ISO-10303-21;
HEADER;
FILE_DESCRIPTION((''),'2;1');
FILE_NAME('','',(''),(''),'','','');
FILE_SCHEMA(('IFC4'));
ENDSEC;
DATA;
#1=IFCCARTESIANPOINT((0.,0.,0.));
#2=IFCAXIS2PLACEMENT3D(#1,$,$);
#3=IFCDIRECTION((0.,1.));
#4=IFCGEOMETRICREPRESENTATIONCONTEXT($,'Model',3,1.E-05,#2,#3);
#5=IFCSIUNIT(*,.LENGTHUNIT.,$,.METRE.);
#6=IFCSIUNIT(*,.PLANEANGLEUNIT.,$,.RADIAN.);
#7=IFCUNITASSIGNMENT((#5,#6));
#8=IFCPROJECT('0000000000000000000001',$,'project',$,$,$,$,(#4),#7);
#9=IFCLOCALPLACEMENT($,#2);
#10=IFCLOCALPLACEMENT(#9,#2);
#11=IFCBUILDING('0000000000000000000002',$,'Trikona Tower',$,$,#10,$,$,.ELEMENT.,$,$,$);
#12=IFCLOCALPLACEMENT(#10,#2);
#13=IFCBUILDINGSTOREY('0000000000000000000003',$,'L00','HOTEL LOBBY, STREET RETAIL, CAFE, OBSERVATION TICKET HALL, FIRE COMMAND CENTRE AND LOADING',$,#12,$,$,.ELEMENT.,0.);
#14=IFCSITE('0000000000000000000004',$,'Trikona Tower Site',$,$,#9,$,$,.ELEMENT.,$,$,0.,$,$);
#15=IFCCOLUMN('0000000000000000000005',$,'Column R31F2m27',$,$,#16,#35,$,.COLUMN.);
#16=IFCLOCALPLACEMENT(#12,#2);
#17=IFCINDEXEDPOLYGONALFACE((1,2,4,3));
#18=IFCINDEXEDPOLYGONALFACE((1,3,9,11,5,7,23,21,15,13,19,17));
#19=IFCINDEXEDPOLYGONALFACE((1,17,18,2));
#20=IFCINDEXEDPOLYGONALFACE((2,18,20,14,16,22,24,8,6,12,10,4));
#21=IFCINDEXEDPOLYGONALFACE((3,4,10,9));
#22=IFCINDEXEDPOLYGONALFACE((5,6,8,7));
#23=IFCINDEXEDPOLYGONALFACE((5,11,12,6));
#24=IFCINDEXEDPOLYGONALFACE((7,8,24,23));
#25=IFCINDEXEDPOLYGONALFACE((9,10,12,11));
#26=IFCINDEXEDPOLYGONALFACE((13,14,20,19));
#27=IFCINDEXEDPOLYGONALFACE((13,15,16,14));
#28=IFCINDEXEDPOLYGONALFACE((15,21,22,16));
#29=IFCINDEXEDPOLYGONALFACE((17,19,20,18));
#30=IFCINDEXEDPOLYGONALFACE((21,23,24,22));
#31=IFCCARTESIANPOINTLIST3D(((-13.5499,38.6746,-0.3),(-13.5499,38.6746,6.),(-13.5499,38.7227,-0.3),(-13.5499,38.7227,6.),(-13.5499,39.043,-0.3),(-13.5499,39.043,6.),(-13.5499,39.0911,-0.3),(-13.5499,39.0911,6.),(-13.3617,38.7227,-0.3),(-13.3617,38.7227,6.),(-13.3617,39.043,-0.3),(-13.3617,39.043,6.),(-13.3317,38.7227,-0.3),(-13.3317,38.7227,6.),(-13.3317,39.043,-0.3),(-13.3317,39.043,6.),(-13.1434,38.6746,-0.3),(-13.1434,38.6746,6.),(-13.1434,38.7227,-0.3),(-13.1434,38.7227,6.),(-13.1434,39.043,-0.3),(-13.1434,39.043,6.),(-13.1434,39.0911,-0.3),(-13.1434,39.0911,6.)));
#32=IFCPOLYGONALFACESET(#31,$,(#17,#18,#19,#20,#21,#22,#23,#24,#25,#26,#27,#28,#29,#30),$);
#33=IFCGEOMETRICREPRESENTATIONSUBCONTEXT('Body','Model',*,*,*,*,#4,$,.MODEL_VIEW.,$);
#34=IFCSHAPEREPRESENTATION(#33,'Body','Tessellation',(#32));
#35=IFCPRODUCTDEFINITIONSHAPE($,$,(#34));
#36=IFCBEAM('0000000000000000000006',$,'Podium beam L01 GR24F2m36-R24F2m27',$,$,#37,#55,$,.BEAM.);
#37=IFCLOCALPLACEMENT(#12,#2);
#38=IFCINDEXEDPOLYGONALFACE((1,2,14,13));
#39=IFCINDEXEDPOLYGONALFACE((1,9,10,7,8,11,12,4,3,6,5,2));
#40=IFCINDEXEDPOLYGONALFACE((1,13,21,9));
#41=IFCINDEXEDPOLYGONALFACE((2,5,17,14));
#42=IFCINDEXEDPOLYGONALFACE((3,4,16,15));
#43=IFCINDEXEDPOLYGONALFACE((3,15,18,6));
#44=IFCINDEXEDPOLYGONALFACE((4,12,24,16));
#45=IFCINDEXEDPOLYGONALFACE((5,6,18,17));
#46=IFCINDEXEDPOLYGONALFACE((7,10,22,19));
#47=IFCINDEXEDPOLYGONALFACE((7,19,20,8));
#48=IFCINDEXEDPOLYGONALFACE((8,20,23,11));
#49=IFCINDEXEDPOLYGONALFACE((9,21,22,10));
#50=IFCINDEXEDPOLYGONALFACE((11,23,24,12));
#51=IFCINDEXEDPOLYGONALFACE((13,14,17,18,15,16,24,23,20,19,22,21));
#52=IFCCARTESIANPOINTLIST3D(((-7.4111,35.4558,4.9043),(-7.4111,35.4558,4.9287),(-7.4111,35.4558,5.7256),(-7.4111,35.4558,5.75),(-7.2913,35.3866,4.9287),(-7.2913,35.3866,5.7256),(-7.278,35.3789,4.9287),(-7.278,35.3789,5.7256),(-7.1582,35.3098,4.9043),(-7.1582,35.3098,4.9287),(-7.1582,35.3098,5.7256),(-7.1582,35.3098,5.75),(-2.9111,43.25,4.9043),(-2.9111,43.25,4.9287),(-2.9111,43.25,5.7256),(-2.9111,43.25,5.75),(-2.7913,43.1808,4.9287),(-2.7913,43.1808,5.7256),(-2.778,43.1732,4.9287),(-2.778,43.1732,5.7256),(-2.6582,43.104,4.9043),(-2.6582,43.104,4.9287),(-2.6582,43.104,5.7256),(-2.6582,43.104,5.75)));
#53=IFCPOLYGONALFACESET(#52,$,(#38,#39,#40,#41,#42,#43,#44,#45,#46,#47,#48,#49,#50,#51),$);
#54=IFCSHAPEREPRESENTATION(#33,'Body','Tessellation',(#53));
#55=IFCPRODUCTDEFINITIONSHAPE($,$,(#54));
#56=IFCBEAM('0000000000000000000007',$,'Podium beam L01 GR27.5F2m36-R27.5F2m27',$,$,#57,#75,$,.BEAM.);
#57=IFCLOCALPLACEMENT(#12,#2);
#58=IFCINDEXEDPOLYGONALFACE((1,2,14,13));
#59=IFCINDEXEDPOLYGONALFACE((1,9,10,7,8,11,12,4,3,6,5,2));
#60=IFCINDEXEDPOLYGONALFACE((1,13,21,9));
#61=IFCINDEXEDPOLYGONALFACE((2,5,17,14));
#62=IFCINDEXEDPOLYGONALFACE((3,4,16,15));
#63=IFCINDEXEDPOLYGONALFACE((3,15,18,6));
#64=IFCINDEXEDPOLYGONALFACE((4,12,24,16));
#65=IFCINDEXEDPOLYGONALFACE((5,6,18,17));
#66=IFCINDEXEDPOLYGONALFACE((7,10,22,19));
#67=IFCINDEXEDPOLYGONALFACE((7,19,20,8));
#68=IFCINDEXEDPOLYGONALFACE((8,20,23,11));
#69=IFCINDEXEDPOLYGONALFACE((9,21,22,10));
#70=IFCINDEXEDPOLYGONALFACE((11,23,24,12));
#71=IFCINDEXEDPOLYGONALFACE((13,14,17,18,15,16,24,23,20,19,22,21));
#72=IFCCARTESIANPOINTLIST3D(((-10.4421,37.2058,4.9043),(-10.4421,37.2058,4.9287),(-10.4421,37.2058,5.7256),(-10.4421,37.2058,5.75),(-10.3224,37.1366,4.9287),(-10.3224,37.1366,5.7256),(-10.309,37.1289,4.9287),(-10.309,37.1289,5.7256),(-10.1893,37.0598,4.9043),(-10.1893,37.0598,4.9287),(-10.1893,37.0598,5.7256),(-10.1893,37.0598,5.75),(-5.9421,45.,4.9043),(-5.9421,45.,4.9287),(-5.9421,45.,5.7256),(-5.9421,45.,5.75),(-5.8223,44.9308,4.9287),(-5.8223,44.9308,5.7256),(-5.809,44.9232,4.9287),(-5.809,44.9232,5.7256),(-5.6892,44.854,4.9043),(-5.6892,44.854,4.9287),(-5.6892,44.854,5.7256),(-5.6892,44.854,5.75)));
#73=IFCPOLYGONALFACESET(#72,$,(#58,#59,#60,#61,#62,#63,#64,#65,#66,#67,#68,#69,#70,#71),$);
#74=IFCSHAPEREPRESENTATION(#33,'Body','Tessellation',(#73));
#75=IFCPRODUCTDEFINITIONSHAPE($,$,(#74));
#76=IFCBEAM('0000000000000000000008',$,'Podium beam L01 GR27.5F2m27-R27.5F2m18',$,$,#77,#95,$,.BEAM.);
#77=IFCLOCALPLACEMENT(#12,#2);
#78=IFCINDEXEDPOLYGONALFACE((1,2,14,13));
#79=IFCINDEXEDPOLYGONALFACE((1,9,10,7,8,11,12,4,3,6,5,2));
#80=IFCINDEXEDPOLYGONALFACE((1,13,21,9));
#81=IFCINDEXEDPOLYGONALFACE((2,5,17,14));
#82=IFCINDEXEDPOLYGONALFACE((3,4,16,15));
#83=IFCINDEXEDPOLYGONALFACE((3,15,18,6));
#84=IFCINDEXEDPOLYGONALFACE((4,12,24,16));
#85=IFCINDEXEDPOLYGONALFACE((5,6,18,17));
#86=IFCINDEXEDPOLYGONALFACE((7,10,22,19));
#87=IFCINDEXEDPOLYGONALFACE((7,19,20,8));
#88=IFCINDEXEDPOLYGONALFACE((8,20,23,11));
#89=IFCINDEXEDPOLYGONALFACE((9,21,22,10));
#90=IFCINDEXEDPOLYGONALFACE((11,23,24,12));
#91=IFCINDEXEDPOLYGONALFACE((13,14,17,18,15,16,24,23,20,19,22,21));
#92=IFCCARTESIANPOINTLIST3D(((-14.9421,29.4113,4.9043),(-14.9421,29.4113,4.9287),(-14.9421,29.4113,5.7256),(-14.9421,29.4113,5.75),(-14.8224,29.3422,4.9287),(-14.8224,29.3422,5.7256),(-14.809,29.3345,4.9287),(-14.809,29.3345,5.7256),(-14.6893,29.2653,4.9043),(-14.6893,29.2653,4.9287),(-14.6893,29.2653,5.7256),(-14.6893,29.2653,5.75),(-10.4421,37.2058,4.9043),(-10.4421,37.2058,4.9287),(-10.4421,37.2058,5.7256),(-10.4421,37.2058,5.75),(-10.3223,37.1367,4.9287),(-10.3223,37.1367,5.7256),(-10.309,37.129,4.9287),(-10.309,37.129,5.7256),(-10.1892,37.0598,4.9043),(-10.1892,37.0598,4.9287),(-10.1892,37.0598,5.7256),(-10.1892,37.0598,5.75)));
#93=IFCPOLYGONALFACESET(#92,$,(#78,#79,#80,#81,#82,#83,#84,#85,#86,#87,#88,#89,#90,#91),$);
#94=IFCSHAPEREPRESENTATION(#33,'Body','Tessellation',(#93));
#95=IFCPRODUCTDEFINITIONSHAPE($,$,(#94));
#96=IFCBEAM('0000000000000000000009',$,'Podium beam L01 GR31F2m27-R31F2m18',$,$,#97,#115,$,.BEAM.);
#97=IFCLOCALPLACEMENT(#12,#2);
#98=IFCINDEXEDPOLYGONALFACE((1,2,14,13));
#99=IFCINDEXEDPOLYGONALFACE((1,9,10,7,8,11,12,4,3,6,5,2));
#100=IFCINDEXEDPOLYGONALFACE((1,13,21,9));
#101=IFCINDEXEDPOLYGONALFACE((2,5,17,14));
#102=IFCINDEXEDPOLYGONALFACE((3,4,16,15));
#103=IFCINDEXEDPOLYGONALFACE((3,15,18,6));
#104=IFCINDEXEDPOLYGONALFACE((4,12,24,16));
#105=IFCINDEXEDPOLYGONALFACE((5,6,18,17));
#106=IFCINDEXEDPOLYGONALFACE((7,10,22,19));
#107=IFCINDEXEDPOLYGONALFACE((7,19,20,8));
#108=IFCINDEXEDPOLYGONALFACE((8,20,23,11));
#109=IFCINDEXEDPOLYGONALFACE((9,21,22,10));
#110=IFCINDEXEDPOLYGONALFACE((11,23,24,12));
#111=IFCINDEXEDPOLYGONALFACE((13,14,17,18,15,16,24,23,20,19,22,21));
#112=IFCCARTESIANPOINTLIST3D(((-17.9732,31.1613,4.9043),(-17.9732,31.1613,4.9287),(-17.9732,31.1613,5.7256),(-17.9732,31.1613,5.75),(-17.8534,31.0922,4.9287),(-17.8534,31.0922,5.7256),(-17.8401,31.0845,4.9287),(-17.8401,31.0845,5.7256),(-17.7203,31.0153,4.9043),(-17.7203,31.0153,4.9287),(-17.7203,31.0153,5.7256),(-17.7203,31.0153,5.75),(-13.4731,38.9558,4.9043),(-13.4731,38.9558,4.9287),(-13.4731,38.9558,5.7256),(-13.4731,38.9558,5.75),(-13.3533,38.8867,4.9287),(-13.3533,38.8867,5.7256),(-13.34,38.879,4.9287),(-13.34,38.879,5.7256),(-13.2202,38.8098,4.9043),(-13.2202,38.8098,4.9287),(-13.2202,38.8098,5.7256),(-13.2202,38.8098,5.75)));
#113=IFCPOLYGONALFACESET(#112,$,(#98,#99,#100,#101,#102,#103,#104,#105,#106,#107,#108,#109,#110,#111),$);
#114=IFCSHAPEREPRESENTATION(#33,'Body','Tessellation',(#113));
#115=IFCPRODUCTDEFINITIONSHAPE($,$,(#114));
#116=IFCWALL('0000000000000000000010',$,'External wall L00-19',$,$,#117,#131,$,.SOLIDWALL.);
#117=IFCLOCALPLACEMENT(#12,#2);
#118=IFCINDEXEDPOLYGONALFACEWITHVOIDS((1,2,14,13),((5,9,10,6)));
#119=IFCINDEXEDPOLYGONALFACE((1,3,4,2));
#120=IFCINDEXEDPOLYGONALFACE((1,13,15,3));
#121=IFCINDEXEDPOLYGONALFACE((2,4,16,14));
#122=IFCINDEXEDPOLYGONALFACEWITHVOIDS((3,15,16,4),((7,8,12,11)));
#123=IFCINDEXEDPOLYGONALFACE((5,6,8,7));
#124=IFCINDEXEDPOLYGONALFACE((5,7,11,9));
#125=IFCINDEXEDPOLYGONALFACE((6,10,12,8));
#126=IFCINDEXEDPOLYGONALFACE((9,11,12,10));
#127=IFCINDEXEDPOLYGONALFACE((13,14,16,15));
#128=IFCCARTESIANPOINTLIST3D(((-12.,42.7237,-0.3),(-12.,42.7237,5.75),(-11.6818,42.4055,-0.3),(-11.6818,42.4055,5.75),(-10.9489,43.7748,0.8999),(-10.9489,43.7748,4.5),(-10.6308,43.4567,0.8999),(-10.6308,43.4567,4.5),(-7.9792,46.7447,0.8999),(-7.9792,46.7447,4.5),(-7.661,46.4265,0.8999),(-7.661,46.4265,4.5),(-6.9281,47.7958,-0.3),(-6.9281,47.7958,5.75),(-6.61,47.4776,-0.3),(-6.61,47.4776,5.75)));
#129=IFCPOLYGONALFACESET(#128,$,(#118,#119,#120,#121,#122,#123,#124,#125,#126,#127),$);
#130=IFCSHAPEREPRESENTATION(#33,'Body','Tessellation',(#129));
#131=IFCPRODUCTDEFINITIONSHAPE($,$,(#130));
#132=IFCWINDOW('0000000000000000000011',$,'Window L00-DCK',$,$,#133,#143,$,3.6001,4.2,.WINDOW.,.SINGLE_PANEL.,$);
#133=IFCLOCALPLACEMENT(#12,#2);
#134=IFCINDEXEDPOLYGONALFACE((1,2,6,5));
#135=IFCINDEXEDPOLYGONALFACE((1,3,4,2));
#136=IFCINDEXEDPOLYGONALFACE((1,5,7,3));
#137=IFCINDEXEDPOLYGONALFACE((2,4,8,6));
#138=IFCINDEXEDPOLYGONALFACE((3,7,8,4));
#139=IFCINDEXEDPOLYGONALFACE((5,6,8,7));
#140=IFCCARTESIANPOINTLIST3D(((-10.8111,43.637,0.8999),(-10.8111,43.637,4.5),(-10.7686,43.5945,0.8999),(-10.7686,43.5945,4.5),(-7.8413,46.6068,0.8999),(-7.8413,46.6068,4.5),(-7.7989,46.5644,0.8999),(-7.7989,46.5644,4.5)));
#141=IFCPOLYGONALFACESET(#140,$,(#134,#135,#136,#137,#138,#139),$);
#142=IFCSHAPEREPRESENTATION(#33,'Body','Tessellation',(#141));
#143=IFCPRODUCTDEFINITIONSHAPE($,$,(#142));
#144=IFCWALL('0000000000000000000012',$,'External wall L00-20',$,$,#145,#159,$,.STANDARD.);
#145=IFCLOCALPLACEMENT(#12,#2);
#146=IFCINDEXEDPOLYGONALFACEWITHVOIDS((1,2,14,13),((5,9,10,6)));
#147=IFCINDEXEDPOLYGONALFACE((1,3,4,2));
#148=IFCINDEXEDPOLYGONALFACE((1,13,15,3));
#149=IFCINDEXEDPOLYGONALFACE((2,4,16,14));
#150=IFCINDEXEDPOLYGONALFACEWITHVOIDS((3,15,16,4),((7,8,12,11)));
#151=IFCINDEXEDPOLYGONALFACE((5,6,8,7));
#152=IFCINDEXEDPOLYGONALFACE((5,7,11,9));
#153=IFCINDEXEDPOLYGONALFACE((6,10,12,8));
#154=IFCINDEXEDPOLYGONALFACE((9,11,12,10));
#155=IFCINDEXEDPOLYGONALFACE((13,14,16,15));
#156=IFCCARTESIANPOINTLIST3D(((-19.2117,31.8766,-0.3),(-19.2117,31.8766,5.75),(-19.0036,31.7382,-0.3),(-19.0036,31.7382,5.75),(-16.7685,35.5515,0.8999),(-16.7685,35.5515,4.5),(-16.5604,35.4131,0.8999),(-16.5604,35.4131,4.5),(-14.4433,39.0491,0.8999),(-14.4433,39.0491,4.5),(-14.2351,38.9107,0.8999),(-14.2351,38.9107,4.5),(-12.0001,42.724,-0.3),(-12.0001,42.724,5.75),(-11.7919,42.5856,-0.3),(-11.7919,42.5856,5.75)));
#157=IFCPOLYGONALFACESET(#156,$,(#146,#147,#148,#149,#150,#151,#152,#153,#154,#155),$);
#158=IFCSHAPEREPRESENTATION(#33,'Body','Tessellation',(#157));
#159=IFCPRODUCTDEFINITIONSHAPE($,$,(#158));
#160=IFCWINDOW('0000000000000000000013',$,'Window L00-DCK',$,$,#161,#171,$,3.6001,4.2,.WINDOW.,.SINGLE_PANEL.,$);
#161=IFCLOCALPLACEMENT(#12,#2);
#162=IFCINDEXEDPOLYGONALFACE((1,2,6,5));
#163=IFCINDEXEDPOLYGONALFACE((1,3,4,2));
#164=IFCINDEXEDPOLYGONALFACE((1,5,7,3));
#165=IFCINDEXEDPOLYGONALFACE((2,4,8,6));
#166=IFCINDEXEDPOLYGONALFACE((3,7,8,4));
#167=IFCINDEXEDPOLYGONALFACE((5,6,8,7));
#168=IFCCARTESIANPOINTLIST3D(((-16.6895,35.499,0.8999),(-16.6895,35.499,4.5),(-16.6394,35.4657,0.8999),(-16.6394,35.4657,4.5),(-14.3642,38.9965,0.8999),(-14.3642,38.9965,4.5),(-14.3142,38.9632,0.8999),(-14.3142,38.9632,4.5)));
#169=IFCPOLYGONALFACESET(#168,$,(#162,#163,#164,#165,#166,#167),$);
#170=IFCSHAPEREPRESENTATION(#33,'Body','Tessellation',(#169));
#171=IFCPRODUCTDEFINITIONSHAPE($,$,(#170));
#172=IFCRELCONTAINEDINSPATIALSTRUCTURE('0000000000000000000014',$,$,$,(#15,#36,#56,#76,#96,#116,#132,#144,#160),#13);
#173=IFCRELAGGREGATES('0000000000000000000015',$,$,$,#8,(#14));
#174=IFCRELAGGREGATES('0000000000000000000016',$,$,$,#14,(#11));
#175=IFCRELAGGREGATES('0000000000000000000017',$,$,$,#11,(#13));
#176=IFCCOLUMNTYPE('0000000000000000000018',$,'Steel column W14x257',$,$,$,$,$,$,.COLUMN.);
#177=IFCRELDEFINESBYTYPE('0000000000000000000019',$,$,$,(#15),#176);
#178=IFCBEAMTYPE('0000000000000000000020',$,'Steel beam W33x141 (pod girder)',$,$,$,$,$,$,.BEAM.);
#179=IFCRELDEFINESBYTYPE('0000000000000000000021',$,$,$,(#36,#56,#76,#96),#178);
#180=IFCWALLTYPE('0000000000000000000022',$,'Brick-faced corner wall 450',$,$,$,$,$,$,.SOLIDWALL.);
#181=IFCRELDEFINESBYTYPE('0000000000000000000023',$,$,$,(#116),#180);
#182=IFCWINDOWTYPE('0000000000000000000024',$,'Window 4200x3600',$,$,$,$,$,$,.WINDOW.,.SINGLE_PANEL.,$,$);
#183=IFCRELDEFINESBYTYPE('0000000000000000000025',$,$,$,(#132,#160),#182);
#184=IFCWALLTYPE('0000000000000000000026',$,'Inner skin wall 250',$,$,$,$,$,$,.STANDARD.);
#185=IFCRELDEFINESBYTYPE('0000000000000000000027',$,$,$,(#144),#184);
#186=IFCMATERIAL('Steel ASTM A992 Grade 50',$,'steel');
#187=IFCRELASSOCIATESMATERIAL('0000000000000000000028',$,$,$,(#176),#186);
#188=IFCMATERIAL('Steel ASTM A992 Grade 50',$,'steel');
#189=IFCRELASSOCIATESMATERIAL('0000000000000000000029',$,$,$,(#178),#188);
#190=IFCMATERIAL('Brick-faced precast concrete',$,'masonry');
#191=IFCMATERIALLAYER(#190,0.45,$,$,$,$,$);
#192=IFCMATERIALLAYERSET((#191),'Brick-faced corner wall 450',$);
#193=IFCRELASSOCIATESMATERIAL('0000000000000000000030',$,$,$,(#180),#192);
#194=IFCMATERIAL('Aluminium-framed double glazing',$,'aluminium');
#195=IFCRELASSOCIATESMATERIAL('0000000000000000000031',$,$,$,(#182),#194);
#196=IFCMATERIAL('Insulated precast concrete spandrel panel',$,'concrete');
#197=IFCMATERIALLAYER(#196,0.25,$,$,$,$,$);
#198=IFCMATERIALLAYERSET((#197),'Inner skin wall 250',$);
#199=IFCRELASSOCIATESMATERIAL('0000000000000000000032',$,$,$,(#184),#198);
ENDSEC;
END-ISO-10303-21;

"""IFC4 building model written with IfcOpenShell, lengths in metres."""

from ifc_helpers import new_model, si_unit, direction, frame, frame_2d, origin, origin_2d, place, context, subcontext, project, spatial, rectangle, i_section, extrude, material, layer, layer_set, material_profile, profile_set, type_object, element, fill, save


model = new_model("IFC4")

# Units and contexts
model_context = context("Model", 3, precision=1e-05, world=origin(), true_north=direction((0.0, 1.0)))
body_context = subcontext(model_context, "Body", "Model", "MODEL_VIEW")
ifc_project = project(units=[si_unit("LENGTHUNIT", "METRE"), si_unit("PLANEANGLEUNIT", "RADIAN")], contexts=[model_context])

# Site, building, storey
site_placement = place(None, origin())
site = spatial("IfcSite", under=ifc_project, at=site_placement, Name="Trikona Tower Site", CompositionType="ELEMENT", RefElevation=0.0)
building_placement = place(site_placement, origin())
building = spatial("IfcBuilding", under=site, at=building_placement, Name="Trikona Tower", CompositionType="ELEMENT")
storey_placement = place(building_placement, origin())
storey = spatial("IfcBuildingStorey", under=building, at=storey_placement, Name="L00", Description="HOTEL LOBBY, STREET RETAIL, CAFE, OBSERVATION TICKET HALL, FIRE COMMAND CENTRE AND LOADING", CompositionType="ELEMENT", Elevation=0.0)

# Column
ifc_material_1 = material(Name="Steel ASTM A992 Grade 50", Category="steel")
ifc_material_profile_1 = material_profile(ifc_material_1, i_section(OverallWidth=0.4065, OverallDepth=0.4165, WebThickness=0.03, FlangeThickness=0.0481, at=origin_2d()), Name="W14X257")
ifc_profile_set_1 = profile_set([ifc_material_profile_1], Name="Steel ASTM A992 Grade 50")
column_type = type_object("IfcColumnType", Name="Steel column W14x257", PredefinedType="COLUMN", material=ifc_profile_set_1)
for number, where, z_axis, x_axis, name in (
    (1, (-13.3467, 38.8828, -0.3), (0.0, 0.0, 1.0), (1.0, 0.0, 0.0), "Column R31F2m27"),
):
    element("IfcColumn", number, at=place(storey_placement, frame(where, z_axis=z_axis, x_axis=x_axis)), inside=storey, type_object=column_type, Name=name, PredefinedType="COLUMN", context=body_context, shape_type="SweptSolid", body=[
        extrude(i_section(OverallWidth=0.4065, OverallDepth=0.4165, WebThickness=0.03, FlangeThickness=0.0481, at=origin_2d()), origin(), (0.0, 0.0, 1.0), 6.3),
    ])

# Beams
ifc_material_2 = material(Name="Steel ASTM A992 Grade 50", Category="steel")
ifc_material_profile_2 = material_profile(ifc_material_2, i_section(OverallWidth=0.292, OverallDepth=0.8457, WebThickness=0.0154, FlangeThickness=0.0244, at=origin_2d()), Name="W33X141")
ifc_profile_set_2 = profile_set([ifc_material_profile_2], Name="Steel ASTM A992 Grade 50")
beam_type = type_object("IfcBeamType", Name="Steel beam W33x141 (pod girder)", PredefinedType="BEAM", material=ifc_profile_set_2)
for number, where, z_axis, x_axis, name in (
    (2, (-2.7847, 43.177, 5.3271), (-0.500002, -0.866024, 0.0), (0.866024, -0.500002, 0.0), "Podium beam L01 GR24F2m36-R24F2m27"),
    (3, (-5.8157, 44.927, 5.3271), (-0.500002, -0.866024, 0.0), (0.866024, -0.500002, 0.0), "Podium beam L01 GR27.5F2m36-R27.5F2m27"),
):
    element("IfcBeam", number, at=place(storey_placement, frame(where, z_axis=z_axis, x_axis=x_axis)), inside=storey, type_object=beam_type, Name=name, PredefinedType="BEAM", context=body_context, shape_type="SweptSolid", body=[
        extrude(i_section(OverallWidth=0.292, OverallDepth=0.8457, WebThickness=0.0154, FlangeThickness=0.0244, at=origin_2d()), origin(), (0.0, 0.0, 1.0), 9.0),
    ])
for number, where, z_axis, x_axis, name in (
    (4, (-10.3157, 37.1328, 5.3271), (-0.49999, -0.866031, 0.0), (0.866031, -0.49999, 0.0), "Podium beam L01 GR27.5F2m27-R27.5F2m18"),
    (5, (-13.3467, 38.8828, 5.3271), (-0.49999, -0.866031, 0.0), (0.866031, -0.49999, 0.0), "Podium beam L01 GR31F2m27-R31F2m18"),
):
    element("IfcBeam", number, at=place(storey_placement, frame(where, z_axis=z_axis, x_axis=x_axis)), inside=storey, type_object=beam_type, Name=name, PredefinedType="BEAM", context=body_context, shape_type="SweptSolid", body=[
        extrude(i_section(OverallWidth=0.292, OverallDepth=0.8457, WebThickness=0.0154, FlangeThickness=0.0244, at=origin_2d()), origin(), (0.0, 0.0, 1.0), 9.0002),
    ])

# Walls, openings, windows
ifc_material_3 = material(Name="Brick-faced precast concrete", Category="masonry")
ifc_layer_1 = layer(ifc_material_3, 0.45)
ifc_layer_set_1 = layer_set([ifc_layer_1], Name="Brick-faced corner wall 450")
wall_type_1 = type_object("IfcWallType", Name="Brick-faced corner wall 450", PredefinedType="SOLIDWALL", material=ifc_layer_set_1)
wall_1_placement = place(storey_placement, frame((-6.769, 47.6367, -0.3), z_axis=(0.0, 0.0, 1.0), x_axis=(-0.70709, -0.707124, 0.0)))
wall_1 = element("IfcWall", 6, at=wall_1_placement, inside=storey, type_object=wall_type_1, Name="External wall L00-19", PredefinedType="SOLIDWALL", context=body_context, shape_type="SweptSolid", body=[
    extrude(rectangle(XDim=7.1729, YDim=0.45, at=frame_2d((3.5864, 0.0))), origin(), (0.0, 0.0, 1.0), 6.05),
])
opening_1_placement = place(wall_1_placement, frame((1.4863, 0.0, 1.2)))
opening_1 = element("IfcOpeningElement", 7, at=opening_1_placement, cuts=wall_1, PredefinedType="OPENING", context=body_context, shape_type="SweptSolid", body=[
    extrude(rectangle(XDim=4.2, YDim=3.6001, at=frame_2d((2.1001, 1.8))), frame((0.0, 0.2349, 0.0), z_axis=(0.0, -1.0, 0.0), x_axis=(1.0, 0.0, 0.0)), (0.0, 0.0, 1.0), 0.47),
])
ifc_material_4 = material(Name="Aluminium-framed double glazing", Category="aluminium")
window_type = type_object("IfcWindowType", Name="Window 4200x3600", PartitioningType="SINGLE_PANEL", PredefinedType="WINDOW", material=ifc_material_4)
window_1_placement = place(opening_1_placement, origin())
window_1 = element("IfcWindow", 8, at=window_1_placement, inside=storey, type_object=window_type, Name="Window L00-DCK", OverallHeight=3.6001, OverallWidth=4.2, PartitioningType="SINGLE_PANEL", PredefinedType="WINDOW", context=body_context, shape_type="SweptSolid", body=[
    extrude(rectangle(XDim=4.2, YDim=3.6001, at=frame_2d((2.1001, 1.8))), frame((0.0, 0.03, 0.0), z_axis=(0.0, -1.0, 0.0), x_axis=(1.0, 0.0, 0.0)), (0.0, 0.0, 1.0), 0.0601),
])
fill(opening_1, window_1)
ifc_material_5 = material(Name="Insulated precast concrete spandrel panel", Category="concrete")
ifc_layer_2 = layer(ifc_material_5, 0.25)
ifc_layer_set_2 = layer_set([ifc_layer_2], Name="Inner skin wall 250")
wall_type_2 = type_object("IfcWallType", Name="Inner skin wall 250", PredefinedType="STANDARD", material=ifc_layer_set_2)
wall_2_placement = place(storey_placement, frame((-11.896, 42.6548, -0.3), z_axis=(0.0, 0.0, 1.0), x_axis=(-0.55364, -0.832756, 0.0)))
wall_2 = element("IfcWall", 9, at=wall_2_placement, inside=storey, type_object=wall_type_2, Name="External wall L00-20", PredefinedType="STANDARD", context=body_context, shape_type="SweptSolid", body=[
    extrude(rectangle(XDim=13.0259, YDim=0.25, at=frame_2d((6.5129, 0.0))), origin(), (0.0, 0.0, 1.0), 6.05),
])
opening_2_placement = place(wall_2_placement, frame((4.4128, 0.0, 1.2)))
opening_2 = element("IfcOpeningElement", 10, at=opening_2_placement, cuts=wall_2, PredefinedType="OPENING", context=body_context, shape_type="SweptSolid", body=[
    extrude(rectangle(XDim=4.2, YDim=3.6001, at=frame_2d((2.1001, 1.8))), frame((0.0, 0.135, 0.0), z_axis=(0.0, -1.0, 0.0), x_axis=(1.0, 0.0, 0.0)), (0.0, 0.0, 1.0), 0.27),
])
window_2_placement = place(opening_2_placement, origin())
window_2 = element("IfcWindow", 11, at=window_2_placement, inside=storey, type_object=window_type, Name="Window L00-DCK", OverallHeight=3.6001, OverallWidth=4.2, PartitioningType="SINGLE_PANEL", PredefinedType="WINDOW", context=body_context, shape_type="SweptSolid", body=[
    extrude(rectangle(XDim=4.2, YDim=3.6001, at=frame_2d((2.1001, 1.8))), frame((0.0, 0.03, 0.0), z_axis=(0.0, -1.0, 0.0), x_axis=(1.0, 0.0, 0.0)), (0.0, 0.0, 1.0), 0.0601),
])
fill(opening_2, window_2)

save(model, "model.ifc")
